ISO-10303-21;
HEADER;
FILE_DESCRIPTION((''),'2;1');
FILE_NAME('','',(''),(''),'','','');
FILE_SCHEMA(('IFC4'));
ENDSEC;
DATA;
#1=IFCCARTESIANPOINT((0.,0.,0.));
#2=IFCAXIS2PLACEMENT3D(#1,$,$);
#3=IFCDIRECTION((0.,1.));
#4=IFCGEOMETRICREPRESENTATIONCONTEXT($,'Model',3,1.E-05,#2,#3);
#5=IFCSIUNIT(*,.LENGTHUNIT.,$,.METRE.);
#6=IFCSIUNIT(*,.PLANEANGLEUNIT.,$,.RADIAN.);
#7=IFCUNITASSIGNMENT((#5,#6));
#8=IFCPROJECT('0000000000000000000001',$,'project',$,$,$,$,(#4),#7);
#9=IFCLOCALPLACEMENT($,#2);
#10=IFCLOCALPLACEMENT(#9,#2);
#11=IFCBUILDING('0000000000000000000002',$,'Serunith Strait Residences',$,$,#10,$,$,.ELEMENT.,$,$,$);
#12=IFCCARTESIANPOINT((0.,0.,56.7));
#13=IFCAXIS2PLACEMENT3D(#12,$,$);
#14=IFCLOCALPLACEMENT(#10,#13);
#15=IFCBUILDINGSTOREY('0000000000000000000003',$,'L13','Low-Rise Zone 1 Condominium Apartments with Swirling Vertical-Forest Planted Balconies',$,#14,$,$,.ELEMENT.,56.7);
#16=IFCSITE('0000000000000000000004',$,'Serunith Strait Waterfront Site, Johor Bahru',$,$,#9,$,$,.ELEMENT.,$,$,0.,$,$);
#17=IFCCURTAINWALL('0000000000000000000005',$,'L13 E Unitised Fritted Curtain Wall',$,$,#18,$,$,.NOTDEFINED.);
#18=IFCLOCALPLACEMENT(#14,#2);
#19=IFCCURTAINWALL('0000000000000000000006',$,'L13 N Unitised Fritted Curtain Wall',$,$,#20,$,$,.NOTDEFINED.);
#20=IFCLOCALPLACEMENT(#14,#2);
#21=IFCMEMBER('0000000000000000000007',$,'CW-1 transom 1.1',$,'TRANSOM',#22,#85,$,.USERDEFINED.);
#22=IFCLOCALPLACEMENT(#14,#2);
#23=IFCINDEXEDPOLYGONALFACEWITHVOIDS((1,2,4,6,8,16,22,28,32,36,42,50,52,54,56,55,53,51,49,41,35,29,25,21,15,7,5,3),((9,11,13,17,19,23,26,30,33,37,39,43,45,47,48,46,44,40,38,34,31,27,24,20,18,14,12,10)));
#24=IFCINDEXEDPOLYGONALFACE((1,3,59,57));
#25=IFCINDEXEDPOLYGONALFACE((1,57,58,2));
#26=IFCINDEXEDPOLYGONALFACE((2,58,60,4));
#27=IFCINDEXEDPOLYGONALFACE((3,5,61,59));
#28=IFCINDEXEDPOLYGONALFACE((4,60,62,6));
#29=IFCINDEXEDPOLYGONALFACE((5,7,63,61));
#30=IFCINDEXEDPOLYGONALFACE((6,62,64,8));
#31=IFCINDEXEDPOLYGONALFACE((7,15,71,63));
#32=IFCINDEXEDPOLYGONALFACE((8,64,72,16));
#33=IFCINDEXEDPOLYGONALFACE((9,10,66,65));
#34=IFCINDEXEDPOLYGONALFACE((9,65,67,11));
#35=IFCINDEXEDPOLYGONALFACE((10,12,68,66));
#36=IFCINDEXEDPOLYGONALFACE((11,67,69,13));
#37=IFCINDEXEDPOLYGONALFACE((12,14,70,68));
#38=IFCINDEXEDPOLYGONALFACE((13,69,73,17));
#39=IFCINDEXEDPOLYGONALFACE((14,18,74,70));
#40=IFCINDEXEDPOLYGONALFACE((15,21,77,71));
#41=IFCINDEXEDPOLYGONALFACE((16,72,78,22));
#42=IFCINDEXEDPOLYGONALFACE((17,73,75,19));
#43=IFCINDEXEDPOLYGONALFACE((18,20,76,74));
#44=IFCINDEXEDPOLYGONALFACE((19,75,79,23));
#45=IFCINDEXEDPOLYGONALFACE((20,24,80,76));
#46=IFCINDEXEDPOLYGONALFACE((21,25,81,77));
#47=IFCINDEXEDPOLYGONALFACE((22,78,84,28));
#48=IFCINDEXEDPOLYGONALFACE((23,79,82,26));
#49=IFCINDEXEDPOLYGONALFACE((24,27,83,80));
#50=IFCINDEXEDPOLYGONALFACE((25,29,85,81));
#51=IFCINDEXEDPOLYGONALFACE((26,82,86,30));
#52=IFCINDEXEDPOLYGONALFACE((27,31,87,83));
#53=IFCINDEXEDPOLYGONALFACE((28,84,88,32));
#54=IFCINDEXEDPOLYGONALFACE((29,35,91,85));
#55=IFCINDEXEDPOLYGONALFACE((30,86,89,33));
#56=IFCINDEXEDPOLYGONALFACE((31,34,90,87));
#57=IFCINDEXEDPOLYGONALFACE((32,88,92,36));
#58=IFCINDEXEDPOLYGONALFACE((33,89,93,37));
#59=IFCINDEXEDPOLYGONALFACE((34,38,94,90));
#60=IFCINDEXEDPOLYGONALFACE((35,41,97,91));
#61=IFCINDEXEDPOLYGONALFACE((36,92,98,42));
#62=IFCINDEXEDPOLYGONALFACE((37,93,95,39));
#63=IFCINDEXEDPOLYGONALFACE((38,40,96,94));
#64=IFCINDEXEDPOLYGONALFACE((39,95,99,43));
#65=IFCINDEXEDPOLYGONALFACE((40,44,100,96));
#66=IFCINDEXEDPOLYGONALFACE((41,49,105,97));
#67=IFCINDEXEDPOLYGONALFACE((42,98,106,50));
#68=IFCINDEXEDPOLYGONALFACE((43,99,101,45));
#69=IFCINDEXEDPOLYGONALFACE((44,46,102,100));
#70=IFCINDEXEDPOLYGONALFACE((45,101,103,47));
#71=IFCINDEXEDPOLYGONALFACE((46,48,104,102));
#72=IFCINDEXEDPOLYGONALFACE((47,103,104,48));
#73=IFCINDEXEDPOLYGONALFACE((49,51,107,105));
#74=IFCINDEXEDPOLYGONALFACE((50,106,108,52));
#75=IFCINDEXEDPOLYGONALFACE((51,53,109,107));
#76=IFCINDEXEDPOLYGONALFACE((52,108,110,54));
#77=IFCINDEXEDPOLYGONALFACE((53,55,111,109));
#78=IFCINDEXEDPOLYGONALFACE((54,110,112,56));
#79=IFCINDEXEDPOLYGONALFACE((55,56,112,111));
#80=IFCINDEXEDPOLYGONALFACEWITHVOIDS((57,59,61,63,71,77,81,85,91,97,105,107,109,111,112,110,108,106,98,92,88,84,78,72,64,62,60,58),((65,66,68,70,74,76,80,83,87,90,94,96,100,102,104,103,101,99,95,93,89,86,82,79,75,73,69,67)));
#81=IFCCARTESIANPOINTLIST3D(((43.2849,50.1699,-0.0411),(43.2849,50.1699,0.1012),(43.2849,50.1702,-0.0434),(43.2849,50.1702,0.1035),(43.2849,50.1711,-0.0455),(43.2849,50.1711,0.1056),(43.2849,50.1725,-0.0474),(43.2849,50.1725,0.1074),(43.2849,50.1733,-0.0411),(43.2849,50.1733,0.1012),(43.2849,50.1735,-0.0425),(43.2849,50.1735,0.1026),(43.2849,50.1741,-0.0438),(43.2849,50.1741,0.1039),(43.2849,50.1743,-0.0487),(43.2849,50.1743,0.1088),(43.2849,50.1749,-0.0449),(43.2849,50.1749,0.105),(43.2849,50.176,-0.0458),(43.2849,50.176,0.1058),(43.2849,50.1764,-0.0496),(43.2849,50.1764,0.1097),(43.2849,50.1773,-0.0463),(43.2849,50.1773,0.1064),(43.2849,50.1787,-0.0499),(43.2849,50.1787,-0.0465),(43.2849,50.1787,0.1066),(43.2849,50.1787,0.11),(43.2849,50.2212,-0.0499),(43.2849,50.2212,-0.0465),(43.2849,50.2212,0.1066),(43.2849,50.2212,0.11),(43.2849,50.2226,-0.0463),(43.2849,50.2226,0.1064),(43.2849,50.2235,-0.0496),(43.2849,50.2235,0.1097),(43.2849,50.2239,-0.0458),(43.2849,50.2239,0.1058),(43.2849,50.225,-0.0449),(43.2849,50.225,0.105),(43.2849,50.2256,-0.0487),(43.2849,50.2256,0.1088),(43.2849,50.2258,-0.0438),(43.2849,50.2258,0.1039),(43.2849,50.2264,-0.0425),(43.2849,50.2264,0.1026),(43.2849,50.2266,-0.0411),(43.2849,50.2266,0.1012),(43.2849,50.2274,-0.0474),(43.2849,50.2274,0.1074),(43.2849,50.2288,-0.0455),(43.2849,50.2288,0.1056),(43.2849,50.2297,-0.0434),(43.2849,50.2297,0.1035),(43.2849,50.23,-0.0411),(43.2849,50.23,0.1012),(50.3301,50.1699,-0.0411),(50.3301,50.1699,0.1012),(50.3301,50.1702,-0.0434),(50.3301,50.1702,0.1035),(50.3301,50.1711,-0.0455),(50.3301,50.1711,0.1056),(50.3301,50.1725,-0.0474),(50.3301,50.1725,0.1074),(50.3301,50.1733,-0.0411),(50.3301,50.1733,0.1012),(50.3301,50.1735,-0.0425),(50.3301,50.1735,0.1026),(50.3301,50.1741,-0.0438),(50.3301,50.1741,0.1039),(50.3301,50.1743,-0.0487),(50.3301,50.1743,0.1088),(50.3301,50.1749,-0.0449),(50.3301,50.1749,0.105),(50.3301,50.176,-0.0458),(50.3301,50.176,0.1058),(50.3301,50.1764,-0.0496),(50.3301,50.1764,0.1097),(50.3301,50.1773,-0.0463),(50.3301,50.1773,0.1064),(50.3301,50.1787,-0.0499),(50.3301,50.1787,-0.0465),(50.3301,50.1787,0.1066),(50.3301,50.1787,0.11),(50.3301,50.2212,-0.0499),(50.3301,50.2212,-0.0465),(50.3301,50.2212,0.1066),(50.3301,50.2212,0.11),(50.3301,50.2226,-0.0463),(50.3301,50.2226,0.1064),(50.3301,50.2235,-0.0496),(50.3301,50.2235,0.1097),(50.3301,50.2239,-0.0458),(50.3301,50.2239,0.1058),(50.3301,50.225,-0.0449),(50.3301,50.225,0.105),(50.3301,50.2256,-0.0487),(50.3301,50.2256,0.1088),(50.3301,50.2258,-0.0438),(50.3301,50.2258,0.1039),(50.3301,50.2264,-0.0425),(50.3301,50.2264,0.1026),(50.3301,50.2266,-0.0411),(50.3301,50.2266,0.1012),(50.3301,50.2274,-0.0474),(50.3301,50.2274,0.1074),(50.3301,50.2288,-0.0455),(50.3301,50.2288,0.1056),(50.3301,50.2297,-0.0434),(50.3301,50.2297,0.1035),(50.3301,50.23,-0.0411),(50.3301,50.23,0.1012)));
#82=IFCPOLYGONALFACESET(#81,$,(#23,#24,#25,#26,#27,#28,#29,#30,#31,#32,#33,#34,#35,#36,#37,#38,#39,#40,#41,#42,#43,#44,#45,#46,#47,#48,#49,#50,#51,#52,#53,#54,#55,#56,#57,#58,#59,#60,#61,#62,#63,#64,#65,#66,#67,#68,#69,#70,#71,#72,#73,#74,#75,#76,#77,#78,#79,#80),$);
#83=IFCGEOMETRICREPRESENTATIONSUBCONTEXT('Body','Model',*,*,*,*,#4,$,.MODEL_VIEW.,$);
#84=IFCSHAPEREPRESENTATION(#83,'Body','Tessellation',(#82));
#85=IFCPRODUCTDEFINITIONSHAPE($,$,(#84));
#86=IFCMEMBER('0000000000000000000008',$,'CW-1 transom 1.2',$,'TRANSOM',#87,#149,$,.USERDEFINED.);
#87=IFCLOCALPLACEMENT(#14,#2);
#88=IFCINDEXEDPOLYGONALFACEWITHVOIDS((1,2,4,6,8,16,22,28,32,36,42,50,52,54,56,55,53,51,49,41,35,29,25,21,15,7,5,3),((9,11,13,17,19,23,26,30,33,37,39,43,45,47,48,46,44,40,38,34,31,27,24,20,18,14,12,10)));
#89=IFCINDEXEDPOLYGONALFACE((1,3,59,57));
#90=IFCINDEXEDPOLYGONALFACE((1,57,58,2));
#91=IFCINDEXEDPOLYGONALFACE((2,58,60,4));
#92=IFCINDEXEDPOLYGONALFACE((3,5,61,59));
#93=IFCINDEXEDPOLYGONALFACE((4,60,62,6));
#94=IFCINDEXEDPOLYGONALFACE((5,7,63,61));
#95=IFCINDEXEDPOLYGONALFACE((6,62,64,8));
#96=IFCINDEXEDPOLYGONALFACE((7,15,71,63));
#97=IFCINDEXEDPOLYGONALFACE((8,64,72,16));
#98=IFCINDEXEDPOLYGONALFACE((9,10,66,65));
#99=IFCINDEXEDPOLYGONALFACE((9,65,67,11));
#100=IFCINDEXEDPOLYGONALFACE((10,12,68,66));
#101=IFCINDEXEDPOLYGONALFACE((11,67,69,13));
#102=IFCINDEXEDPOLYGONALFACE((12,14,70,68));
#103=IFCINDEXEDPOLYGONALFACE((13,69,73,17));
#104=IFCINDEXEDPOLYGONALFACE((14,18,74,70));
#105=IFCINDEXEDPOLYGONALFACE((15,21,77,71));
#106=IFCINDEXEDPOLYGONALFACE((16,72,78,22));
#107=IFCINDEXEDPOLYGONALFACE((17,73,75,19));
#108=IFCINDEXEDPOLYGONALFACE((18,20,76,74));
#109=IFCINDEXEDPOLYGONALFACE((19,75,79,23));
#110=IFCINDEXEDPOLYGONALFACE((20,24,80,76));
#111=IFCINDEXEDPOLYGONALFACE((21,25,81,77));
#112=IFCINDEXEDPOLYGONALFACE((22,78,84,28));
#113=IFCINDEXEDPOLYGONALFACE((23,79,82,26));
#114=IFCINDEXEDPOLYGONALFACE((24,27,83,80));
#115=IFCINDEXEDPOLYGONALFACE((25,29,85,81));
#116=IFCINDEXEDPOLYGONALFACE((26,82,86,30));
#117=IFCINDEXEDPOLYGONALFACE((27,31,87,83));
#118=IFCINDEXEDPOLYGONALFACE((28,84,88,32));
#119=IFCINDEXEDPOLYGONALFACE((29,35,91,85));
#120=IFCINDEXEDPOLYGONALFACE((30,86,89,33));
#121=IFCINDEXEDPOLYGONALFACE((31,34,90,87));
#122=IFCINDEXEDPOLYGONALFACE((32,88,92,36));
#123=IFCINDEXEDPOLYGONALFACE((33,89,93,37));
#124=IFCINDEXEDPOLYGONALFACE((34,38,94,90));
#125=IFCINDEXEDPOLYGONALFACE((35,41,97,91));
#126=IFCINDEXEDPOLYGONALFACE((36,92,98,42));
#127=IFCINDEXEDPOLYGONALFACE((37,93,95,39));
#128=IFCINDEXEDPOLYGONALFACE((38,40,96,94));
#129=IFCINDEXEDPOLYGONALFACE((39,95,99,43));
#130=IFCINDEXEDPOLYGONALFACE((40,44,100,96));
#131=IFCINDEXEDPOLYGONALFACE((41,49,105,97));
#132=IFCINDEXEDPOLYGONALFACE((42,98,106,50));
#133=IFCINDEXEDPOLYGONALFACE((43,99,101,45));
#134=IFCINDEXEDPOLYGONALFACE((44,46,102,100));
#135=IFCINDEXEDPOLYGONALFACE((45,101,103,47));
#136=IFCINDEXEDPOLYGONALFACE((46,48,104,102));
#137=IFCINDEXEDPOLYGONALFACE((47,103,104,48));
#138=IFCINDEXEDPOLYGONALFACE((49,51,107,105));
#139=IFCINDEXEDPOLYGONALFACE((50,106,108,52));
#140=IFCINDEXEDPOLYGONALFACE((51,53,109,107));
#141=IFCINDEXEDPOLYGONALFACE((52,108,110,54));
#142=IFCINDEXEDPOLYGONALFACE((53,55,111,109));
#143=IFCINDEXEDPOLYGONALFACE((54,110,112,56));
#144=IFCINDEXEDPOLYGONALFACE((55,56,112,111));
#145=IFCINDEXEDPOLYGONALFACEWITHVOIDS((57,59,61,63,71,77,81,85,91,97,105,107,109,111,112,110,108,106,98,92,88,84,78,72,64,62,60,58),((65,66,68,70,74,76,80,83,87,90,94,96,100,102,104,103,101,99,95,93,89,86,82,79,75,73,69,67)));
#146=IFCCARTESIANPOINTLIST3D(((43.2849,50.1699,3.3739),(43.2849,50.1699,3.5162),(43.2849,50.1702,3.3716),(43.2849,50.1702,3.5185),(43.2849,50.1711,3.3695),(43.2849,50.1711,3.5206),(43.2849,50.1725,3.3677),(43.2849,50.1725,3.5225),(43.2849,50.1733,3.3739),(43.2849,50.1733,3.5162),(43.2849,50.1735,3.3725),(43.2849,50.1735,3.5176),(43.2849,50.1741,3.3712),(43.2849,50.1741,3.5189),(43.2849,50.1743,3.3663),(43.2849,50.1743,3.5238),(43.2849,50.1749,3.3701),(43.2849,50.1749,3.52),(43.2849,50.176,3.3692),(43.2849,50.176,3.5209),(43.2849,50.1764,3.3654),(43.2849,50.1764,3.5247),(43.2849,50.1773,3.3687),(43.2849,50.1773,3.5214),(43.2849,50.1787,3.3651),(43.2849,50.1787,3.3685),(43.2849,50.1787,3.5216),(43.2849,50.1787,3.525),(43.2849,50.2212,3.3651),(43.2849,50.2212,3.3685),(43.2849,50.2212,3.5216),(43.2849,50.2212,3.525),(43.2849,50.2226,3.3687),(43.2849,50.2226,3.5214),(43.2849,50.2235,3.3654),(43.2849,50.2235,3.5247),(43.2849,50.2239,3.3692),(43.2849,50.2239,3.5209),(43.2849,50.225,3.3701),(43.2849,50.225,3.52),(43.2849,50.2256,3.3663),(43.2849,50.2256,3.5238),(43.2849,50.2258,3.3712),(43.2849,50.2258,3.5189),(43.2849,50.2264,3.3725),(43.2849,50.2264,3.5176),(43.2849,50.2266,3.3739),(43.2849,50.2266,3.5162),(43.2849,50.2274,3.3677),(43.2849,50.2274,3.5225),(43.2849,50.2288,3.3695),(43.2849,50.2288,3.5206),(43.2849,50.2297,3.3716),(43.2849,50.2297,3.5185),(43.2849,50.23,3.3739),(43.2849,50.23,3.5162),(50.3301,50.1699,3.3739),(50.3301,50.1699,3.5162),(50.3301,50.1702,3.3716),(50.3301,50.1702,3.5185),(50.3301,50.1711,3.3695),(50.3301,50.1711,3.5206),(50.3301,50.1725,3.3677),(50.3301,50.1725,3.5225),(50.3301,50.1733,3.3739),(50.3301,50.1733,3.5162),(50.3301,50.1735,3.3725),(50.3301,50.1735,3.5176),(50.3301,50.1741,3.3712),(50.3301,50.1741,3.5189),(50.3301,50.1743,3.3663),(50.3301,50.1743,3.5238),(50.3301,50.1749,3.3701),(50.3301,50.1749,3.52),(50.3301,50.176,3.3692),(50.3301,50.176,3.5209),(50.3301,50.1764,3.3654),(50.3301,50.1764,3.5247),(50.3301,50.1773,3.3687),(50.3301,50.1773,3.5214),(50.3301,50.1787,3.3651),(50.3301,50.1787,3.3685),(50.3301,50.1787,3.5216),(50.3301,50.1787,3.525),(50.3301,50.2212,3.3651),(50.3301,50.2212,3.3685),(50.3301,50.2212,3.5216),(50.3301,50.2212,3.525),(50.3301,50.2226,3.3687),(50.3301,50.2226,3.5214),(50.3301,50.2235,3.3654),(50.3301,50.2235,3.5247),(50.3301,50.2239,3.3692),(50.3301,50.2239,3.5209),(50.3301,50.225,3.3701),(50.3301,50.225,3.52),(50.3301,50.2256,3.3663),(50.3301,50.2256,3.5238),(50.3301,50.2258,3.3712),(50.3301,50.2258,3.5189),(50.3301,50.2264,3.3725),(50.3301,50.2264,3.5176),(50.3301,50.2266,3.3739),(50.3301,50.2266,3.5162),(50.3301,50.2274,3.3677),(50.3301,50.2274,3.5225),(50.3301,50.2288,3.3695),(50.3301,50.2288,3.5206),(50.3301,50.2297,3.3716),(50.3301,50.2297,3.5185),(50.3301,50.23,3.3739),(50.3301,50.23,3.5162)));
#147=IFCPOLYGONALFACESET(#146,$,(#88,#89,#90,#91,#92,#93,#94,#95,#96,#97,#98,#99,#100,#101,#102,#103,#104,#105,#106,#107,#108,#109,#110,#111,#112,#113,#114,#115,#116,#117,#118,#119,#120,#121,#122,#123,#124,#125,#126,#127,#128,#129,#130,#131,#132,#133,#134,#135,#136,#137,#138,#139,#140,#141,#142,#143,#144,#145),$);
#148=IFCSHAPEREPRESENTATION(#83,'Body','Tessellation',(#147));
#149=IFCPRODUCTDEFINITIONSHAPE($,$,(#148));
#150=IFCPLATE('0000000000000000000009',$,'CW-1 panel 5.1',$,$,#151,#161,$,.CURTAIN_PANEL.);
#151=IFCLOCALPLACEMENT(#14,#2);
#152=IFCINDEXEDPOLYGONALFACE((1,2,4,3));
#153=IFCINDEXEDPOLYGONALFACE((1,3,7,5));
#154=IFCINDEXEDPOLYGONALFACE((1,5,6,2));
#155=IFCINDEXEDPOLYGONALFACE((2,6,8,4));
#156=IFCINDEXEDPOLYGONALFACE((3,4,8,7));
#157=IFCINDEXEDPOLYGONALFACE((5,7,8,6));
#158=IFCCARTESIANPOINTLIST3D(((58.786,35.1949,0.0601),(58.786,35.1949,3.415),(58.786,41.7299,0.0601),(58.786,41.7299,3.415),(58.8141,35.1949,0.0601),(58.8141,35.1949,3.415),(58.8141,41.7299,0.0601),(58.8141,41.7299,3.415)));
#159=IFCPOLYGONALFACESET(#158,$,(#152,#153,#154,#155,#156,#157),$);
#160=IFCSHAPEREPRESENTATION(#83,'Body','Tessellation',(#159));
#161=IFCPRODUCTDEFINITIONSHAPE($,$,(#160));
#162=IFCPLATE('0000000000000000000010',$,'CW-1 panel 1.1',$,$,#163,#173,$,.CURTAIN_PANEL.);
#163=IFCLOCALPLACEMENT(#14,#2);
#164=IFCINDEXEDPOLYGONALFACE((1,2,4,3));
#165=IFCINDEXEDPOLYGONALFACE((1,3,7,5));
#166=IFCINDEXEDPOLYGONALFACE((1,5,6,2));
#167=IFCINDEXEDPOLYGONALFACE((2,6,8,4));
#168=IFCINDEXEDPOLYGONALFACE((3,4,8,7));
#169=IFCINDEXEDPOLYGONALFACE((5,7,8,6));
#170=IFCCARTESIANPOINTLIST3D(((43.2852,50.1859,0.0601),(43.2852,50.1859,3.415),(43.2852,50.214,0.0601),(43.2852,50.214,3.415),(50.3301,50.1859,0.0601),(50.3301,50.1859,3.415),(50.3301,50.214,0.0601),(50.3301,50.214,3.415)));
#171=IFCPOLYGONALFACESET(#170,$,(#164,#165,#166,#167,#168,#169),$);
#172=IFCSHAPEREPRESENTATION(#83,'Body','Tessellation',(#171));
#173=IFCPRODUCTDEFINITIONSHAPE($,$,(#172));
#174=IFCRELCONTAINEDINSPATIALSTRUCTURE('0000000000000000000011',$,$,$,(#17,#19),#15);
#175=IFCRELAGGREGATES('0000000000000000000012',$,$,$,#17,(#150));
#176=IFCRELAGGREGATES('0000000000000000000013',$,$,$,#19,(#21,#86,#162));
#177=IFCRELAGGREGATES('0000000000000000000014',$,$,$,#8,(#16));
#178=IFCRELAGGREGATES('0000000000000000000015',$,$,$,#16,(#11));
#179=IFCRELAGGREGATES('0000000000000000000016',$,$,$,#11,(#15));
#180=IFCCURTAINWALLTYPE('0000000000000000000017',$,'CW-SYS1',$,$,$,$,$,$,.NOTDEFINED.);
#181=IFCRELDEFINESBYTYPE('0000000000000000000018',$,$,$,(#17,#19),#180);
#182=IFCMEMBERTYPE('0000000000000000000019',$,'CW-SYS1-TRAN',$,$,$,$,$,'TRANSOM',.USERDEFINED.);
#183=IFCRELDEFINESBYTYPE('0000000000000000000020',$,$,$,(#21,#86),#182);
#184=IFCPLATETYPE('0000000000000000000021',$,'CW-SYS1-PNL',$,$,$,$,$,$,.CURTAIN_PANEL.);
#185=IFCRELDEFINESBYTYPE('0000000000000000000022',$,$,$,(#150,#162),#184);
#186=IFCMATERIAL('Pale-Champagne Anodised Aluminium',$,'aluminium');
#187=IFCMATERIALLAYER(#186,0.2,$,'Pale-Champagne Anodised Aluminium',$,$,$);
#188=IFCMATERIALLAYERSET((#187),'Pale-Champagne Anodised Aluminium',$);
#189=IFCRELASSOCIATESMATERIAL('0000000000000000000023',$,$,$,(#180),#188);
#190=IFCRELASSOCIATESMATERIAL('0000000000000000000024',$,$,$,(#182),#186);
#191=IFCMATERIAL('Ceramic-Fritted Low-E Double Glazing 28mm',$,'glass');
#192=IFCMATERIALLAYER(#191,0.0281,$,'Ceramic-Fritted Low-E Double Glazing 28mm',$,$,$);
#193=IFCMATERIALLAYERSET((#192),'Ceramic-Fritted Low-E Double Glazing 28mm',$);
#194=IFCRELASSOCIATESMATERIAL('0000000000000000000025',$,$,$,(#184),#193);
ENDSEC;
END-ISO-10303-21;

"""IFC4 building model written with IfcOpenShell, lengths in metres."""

from ifc_helpers import new_model, si_unit, direction, frame, origin, origin_2d, place, context, subcontext, project, spatial, rectangle, hollow_rectangle, extrude, source, transform, mapped, material, layer, layer_set, material_profile, profile_set, type_object, element, aggregate, save


model = new_model("IFC4")

# Units and contexts
model_context = context("Model", 3, precision=1e-05, world=origin(), true_north=direction((0.0, 1.0)))
body_context = subcontext(model_context, "Body", "Model", "MODEL_VIEW")
ifc_project = project(units=[si_unit("LENGTHUNIT", "METRE"), si_unit("PLANEANGLEUNIT", "RADIAN")], contexts=[model_context])

# Site, building, storey
site_placement = place(None, origin())
site = spatial("IfcSite", under=ifc_project, at=site_placement, Name="Serunith Strait Waterfront Site, Johor Bahru", CompositionType="ELEMENT", RefElevation=0.0)
building_placement = place(site_placement, origin())
building = spatial("IfcBuilding", under=site, at=building_placement, Name="Serunith Strait Residences", CompositionType="ELEMENT")
storey_placement = place(building_placement, frame((0.0, 0.0, 56.7)))
storey = spatial("IfcBuildingStorey", under=building, at=storey_placement, Name="L13", Description="Low-Rise Zone 1 Condominium Apartments with Swirling Vertical-Forest Planted Balconies", CompositionType="ELEMENT", Elevation=56.7)

# Curtain wall
ifc_material_1 = material(Name="Pale-Champagne Anodised Aluminium", Category="aluminium")
ifc_layer_1 = layer(ifc_material_1, 0.2, Name="Pale-Champagne Anodised Aluminium")
ifc_layer_set_1 = layer_set([ifc_layer_1], Name="Pale-Champagne Anodised Aluminium")
curtain_wall_type = type_object("IfcCurtainWallType", Name="CW-SYS1", PredefinedType="NOTDEFINED", material=ifc_layer_set_1)
curtain_wall_1_placement = place(storey_placement, origin())
curtain_wall_1 = element("IfcCurtainWall", 1, at=curtain_wall_1_placement, inside=storey, type_object=curtain_wall_type, Name="L13 E Unitised Fritted Curtain Wall", PredefinedType="NOTDEFINED")

# Curtain wall, members
curtain_wall_2_placement = place(storey_placement, origin())
curtain_wall_2 = element("IfcCurtainWall", 2, at=curtain_wall_2_placement, inside=storey, type_object=curtain_wall_type, Name="L13 N Unitised Fritted Curtain Wall", PredefinedType="NOTDEFINED")
ifc_material_profile_1 = material_profile(ifc_material_1, hollow_rectangle(XDim=0.0601, YDim=0.1599, WallThickness=0.0034, InnerFilletRadius=0.0054, OuterFilletRadius=0.0088, at=origin_2d()), Name="ALU 160x60x3.5")
ifc_profile_set_1 = profile_set([ifc_material_profile_1], Name="Pale-Champagne Anodised Aluminium")
member_type_1 = type_object("IfcMemberType", Name="CW-SYS1-TRAN", ElementType="TRANSOM", PredefinedType="USERDEFINED", material=ifc_profile_set_1)
shared_shape_1 = source(origin(), body_context, "Body", "SweptSolid", [
    extrude(hollow_rectangle(XDim=0.0601, YDim=0.1599, WallThickness=0.0034, InnerFilletRadius=0.0054, OuterFilletRadius=0.0088, at=origin_2d()), origin(), (0.0, 0.0, 1.0), 7.0452),
])
member_1_placement = place(storey_placement, frame((50.3301, 50.2, 0.03), z_axis=(-1.0, 0.0, 0.0), x_axis=(0.0, -1.0, 0.0)))
member_1 = element("IfcMember", 3, at=member_1_placement, type_object=member_type_1, Name="CW-1 transom 1.1", ObjectType="TRANSOM", PredefinedType="USERDEFINED", context=body_context, shape_type="MappedRepresentation", body=[
    mapped(shared_shape_1, transform((0.0, 0.0, 0.0), scale=1.0)),
])
member_2_placement = place(storey_placement, frame((50.3301, 50.2, 3.4451), z_axis=(-1.0, 0.0, 0.0), x_axis=(0.0, -1.0, 0.0)))
member_2 = element("IfcMember", 4, at=member_2_placement, type_object=member_type_1, Name="CW-1 transom 1.2", ObjectType="TRANSOM", PredefinedType="USERDEFINED", context=body_context, shape_type="MappedRepresentation", body=[
    mapped(shared_shape_1, transform((0.0, 0.0, 0.0), scale=1.0)),
])

# Plates
ifc_material_2 = material(Name="Ceramic-Fritted Low-E Double Glazing 28mm", Category="glass")
ifc_layer_2 = layer(ifc_material_2, 0.0281, Name="Ceramic-Fritted Low-E Double Glazing 28mm")
ifc_layer_set_2 = layer_set([ifc_layer_2], Name="Ceramic-Fritted Low-E Double Glazing 28mm")
plate_type = type_object("IfcPlateType", Name="CW-SYS1-PNL", PredefinedType="CURTAIN_PANEL", material=ifc_layer_set_2)
shared_shape_2 = source(origin(), body_context, "Body", "SweptSolid", [
    extrude(rectangle(XDim=6.5349, YDim=0.0281, at=origin_2d()), origin(), (0.0, 0.0, 1.0), 3.355),
])
plate_1_placement = place(storey_placement, frame((58.8, 38.4624, 0.0601), z_axis=(0.0, 0.0, 1.0), x_axis=(0.0, 1.0, 0.0)))
plate_1 = element("IfcPlate", 5, at=plate_1_placement, type_object=plate_type, Name="CW-1 panel 5.1", PredefinedType="CURTAIN_PANEL", context=body_context, shape_type="MappedRepresentation", body=[
    mapped(shared_shape_2, transform((0.0, 0.0, 0.0), scale=1.0)),
])
aggregate(curtain_wall_1, [plate_1])
shared_shape_3 = source(origin(), body_context, "Body", "SweptSolid", [
    extrude(rectangle(XDim=7.0449, YDim=0.0281, at=origin_2d()), origin(), (0.0, 0.0, 1.0), 3.355),
])
plate_2_placement = place(storey_placement, frame((46.8076, 50.2, 0.0601), z_axis=(0.0, 0.0, 1.0), x_axis=(-1.0, 0.0, 0.0)))
plate_2 = element("IfcPlate", 6, at=plate_2_placement, type_object=plate_type, Name="CW-1 panel 1.1", PredefinedType="CURTAIN_PANEL", context=body_context, shape_type="MappedRepresentation", body=[
    mapped(shared_shape_3, transform((0.0, 0.0, 0.0), scale=1.0)),
])
aggregate(curtain_wall_2, [member_1, member_2, plate_2])

save(model, "model.ifc")
